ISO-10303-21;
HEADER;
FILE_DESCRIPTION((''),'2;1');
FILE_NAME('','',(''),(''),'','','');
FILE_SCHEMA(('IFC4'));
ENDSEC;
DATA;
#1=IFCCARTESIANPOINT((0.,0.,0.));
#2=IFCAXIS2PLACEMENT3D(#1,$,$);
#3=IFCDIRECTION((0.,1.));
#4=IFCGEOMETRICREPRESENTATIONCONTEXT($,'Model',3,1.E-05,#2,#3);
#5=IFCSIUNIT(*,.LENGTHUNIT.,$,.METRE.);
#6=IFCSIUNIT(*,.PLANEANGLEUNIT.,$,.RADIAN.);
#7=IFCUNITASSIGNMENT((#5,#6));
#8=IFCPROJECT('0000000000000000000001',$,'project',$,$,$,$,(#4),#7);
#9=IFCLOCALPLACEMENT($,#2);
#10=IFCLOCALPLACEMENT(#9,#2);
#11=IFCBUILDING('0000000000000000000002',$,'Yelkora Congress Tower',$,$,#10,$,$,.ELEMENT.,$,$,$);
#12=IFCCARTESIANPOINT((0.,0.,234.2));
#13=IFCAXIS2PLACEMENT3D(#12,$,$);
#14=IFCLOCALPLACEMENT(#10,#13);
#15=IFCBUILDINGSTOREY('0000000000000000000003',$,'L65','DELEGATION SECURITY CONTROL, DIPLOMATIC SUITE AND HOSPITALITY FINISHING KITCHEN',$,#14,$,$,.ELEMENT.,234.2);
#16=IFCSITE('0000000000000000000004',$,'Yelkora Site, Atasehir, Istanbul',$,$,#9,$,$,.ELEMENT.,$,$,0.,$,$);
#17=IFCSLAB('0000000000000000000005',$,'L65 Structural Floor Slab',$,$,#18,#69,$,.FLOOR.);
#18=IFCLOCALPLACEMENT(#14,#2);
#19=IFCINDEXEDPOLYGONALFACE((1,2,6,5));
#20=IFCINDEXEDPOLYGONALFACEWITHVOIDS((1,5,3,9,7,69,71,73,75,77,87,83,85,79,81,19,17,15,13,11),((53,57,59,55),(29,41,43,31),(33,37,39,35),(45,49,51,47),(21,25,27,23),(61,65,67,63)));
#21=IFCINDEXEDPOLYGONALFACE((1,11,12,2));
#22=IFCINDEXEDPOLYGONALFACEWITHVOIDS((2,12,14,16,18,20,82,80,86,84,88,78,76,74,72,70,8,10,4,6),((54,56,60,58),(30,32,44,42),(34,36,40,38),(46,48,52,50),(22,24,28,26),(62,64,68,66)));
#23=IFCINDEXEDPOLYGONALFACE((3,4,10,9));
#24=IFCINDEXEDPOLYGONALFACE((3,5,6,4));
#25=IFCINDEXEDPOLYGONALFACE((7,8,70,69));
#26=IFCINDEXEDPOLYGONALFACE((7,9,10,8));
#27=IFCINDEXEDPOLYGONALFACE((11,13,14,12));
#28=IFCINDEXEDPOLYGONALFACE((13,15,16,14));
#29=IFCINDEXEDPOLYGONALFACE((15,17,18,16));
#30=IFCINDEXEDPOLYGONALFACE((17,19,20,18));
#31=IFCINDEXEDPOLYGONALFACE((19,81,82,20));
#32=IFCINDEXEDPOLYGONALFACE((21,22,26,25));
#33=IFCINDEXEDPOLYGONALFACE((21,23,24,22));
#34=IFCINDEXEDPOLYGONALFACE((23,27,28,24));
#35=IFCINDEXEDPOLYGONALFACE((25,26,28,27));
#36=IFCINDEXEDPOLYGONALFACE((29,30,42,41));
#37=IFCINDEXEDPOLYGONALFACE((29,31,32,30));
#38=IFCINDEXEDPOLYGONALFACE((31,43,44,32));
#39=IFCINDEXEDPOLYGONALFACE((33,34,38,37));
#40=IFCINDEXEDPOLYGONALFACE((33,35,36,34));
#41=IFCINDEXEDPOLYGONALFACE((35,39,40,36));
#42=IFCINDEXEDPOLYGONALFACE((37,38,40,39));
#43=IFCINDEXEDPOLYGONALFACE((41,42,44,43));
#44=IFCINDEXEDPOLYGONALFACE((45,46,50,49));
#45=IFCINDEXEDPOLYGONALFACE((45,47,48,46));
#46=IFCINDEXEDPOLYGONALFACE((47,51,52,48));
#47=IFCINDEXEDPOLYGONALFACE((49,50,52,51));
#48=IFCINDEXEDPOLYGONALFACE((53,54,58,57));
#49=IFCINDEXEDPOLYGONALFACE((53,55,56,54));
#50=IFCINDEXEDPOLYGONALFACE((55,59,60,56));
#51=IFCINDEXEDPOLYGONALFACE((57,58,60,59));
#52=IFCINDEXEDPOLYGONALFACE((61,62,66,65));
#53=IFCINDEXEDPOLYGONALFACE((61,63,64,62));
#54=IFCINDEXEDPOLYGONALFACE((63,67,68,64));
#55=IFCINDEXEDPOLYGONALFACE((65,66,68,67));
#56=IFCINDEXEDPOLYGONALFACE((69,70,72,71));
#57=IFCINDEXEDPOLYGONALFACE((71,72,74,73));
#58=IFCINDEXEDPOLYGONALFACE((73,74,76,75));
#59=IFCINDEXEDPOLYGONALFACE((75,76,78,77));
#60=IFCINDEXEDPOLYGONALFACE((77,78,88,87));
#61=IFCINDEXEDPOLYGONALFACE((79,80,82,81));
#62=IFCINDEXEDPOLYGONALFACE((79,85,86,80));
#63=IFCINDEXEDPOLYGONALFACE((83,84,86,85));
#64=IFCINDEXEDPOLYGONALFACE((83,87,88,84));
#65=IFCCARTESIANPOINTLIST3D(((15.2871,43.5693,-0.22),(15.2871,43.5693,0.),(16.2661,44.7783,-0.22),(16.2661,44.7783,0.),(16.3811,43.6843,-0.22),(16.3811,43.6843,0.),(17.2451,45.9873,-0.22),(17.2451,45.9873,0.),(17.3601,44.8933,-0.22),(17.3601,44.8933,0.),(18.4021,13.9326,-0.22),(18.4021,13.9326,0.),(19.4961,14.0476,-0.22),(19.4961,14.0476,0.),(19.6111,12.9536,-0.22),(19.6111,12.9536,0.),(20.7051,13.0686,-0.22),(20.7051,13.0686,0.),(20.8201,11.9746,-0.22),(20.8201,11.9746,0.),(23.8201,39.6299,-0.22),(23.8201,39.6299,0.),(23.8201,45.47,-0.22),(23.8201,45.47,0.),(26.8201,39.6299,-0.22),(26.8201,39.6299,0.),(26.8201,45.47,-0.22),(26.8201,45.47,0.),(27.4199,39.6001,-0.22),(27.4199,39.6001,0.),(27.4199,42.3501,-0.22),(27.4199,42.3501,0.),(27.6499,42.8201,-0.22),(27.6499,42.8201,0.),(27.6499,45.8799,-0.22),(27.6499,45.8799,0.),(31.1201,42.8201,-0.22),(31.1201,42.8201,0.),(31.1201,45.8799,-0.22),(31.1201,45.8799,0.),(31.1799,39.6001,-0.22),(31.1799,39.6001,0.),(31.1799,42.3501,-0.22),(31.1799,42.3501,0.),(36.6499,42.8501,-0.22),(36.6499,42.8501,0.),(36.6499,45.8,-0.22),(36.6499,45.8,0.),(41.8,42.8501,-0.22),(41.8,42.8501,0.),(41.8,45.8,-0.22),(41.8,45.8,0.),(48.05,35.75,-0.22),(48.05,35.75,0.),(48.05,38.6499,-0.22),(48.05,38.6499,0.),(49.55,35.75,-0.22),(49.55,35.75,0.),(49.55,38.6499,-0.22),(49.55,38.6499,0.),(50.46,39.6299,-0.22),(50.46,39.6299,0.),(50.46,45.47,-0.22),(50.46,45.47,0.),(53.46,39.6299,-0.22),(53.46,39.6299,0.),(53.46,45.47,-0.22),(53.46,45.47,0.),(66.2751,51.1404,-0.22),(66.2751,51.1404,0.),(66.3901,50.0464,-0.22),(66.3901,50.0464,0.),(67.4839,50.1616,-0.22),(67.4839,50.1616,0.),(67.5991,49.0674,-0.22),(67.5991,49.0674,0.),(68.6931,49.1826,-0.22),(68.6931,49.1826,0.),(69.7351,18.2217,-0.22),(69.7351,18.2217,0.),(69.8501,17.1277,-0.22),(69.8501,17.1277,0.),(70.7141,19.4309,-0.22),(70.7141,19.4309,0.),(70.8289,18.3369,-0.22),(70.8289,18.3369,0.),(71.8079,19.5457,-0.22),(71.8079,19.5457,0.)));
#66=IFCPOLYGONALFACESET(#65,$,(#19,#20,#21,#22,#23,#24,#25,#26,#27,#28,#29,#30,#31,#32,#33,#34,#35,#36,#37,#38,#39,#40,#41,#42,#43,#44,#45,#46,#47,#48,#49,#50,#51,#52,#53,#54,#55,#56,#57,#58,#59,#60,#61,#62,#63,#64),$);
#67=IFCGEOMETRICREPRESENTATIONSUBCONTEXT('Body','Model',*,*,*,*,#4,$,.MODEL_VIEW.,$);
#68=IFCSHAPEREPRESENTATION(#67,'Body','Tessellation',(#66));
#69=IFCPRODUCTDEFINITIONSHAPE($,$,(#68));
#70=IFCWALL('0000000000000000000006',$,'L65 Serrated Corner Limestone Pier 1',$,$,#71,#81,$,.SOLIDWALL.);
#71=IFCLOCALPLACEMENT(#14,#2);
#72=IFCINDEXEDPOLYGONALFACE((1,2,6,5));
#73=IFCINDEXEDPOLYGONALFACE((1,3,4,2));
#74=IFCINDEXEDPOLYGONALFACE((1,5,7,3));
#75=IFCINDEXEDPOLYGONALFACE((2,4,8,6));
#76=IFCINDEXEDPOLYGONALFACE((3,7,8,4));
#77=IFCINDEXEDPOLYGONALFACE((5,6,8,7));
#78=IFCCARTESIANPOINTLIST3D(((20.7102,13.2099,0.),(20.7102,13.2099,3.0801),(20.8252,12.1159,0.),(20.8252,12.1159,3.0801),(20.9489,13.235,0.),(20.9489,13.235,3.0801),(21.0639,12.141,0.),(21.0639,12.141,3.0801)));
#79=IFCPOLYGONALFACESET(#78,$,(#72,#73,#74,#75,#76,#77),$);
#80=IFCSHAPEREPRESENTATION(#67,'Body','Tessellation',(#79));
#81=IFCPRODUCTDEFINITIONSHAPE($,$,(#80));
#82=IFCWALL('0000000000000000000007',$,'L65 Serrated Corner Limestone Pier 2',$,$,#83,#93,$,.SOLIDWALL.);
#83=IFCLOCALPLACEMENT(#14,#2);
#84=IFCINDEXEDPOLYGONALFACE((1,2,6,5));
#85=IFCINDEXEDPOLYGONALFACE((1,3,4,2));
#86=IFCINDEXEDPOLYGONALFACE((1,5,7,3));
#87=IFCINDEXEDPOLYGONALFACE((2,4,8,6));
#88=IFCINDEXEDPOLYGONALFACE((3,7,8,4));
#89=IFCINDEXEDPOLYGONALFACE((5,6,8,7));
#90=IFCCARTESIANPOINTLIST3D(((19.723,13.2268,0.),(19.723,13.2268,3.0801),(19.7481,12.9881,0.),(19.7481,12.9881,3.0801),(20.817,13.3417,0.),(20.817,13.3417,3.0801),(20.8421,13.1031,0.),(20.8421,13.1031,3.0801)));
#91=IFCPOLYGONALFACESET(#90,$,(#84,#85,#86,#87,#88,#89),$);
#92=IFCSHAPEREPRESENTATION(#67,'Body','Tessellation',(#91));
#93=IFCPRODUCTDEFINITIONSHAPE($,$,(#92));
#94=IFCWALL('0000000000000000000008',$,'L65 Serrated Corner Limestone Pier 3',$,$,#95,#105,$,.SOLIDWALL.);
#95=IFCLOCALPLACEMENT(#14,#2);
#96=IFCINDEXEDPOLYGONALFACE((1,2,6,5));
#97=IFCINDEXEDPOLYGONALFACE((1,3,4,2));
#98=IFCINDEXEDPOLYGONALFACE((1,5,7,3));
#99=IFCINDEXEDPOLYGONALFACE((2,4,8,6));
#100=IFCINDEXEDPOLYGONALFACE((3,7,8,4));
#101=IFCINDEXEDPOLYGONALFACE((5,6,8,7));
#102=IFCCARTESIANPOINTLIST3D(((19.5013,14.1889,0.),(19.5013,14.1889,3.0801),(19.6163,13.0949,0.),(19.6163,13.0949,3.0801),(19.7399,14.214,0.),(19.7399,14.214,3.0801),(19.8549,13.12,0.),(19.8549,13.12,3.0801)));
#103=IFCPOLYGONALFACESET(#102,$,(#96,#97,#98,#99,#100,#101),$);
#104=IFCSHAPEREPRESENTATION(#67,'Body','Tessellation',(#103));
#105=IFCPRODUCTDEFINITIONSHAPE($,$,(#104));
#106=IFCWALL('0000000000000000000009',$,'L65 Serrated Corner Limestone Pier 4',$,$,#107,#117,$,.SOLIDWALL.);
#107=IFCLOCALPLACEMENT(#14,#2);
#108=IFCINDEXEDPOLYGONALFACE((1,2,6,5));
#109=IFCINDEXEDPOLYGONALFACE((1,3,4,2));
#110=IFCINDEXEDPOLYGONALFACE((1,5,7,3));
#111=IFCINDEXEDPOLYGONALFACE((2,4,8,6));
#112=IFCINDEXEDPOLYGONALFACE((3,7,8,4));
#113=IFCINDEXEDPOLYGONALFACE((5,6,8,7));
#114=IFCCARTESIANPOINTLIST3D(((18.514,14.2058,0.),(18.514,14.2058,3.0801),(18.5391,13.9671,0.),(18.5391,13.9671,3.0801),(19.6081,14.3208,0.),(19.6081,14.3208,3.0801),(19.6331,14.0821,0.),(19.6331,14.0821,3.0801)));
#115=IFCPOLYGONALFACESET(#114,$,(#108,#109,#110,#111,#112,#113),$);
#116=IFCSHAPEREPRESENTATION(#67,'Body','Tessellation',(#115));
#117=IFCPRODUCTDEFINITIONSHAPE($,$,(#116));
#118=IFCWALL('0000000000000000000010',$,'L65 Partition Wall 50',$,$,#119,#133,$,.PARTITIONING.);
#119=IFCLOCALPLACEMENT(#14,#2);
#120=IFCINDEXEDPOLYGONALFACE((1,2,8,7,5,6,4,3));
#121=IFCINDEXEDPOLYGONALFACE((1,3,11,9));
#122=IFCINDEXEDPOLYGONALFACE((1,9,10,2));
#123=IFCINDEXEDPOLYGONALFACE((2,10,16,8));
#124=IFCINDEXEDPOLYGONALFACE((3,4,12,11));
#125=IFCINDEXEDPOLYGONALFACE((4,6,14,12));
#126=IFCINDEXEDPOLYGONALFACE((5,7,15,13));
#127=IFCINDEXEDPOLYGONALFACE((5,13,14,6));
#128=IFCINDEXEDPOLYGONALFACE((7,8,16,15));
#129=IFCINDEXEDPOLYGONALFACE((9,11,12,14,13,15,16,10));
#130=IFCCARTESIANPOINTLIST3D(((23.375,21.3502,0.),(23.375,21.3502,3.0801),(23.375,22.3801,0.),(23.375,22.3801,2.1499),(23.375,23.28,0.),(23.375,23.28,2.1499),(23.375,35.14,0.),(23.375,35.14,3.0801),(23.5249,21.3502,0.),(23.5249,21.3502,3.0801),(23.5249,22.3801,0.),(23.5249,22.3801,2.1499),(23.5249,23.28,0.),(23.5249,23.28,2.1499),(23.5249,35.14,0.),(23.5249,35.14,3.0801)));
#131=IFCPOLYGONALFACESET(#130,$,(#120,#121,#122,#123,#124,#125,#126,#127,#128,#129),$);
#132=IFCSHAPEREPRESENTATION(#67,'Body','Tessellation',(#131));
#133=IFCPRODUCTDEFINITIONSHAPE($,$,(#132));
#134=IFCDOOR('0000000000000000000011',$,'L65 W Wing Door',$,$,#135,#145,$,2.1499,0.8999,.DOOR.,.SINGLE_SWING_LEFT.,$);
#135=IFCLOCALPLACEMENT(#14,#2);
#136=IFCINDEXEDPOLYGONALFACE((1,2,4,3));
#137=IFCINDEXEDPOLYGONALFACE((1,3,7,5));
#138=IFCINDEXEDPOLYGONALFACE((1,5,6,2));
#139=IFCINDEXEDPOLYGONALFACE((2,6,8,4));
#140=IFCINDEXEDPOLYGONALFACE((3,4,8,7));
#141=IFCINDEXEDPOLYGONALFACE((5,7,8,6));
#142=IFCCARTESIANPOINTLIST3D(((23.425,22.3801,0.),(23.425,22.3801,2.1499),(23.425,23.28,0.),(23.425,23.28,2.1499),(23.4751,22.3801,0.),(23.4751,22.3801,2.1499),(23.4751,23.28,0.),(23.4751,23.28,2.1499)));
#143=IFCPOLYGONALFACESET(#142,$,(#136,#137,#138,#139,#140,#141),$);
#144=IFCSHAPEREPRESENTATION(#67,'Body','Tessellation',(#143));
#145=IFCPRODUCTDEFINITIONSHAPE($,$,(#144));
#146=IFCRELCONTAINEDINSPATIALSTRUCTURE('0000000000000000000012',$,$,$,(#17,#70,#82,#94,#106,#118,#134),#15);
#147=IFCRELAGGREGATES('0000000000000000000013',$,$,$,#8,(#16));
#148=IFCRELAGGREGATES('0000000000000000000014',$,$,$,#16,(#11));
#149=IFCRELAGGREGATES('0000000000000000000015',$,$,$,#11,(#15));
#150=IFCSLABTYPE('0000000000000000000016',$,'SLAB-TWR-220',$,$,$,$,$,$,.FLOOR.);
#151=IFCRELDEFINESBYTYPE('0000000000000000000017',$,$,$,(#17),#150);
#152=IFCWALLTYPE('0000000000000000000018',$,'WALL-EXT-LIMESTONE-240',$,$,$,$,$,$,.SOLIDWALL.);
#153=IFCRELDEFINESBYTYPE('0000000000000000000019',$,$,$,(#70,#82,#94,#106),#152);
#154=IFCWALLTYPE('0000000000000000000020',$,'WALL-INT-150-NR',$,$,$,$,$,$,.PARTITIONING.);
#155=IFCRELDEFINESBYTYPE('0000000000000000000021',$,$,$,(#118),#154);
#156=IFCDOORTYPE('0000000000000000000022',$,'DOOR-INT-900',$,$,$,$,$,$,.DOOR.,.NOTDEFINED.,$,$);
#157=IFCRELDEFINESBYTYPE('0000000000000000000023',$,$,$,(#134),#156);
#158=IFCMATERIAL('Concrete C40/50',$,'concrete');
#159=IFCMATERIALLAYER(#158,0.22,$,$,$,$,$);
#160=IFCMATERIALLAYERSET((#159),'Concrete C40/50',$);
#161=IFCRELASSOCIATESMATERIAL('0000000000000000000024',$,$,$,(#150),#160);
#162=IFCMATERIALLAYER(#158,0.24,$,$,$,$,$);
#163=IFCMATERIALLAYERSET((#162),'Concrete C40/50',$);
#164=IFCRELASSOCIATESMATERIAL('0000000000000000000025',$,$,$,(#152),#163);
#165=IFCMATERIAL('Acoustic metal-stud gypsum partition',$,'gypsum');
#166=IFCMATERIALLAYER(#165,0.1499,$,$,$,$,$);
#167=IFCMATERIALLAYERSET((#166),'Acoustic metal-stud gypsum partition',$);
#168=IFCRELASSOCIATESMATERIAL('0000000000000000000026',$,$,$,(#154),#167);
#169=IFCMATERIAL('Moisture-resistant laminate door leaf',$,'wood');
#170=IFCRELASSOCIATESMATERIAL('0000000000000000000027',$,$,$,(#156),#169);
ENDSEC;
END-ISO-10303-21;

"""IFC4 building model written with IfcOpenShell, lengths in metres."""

from ifc_helpers import new_model, si_unit, direction, frame, frame_2d, origin, place, context, subcontext, project, spatial, polyline, rectangle, outline, extrude, material, layer, layer_set, type_object, element, fill, save


model = new_model("IFC4")

# Units and contexts
model_context = context("Model", 3, precision=1e-05, world=origin(), true_north=direction((0.0, 1.0)))
body_context = subcontext(model_context, "Body", "Model", "MODEL_VIEW")
ifc_project = project(units=[si_unit("LENGTHUNIT", "METRE"), si_unit("PLANEANGLEUNIT", "RADIAN")], contexts=[model_context])

# Site, building, storey
site_placement = place(None, origin())
site = spatial("IfcSite", under=ifc_project, at=site_placement, Name="Yelkora Site, Atasehir, Istanbul", CompositionType="ELEMENT", RefElevation=0.0)
building_placement = place(site_placement, origin())
building = spatial("IfcBuilding", under=site, at=building_placement, Name="Yelkora Congress Tower", CompositionType="ELEMENT")
storey_placement = place(building_placement, frame((0.0, 0.0, 234.2)))
storey = spatial("IfcBuildingStorey", under=building, at=storey_placement, Name="L65", Description="DELEGATION SECURITY CONTROL, DIPLOMATIC SUITE AND HOSPITALITY FINISHING KITCHEN", CompositionType="ELEMENT", Elevation=234.2)

# Shared definitions
ifc_material_1 = material(Name="Concrete C40/50", Category="concrete")

# Slab
ifc_layer_1 = layer(ifc_material_1, 0.22)
ifc_layer_set_1 = layer_set([ifc_layer_1], Name="Concrete C40/50")
slab_type_1 = type_object("IfcSlabType", Name="SLAB-TWR-220", PredefinedType="FLOOR", material=ifc_layer_set_1)
slab_1_placement = place(storey_placement, frame((0.0, 0.0, -0.22)))
element("IfcSlab", 1, at=slab_1_placement, inside=storey, type_object=slab_type_1, Name="L65 Structural Floor Slab", PredefinedType="FLOOR", context=body_context, shape_type="SweptSolid", body=[
    extrude(outline(polyline([(20.8201, 11.9746), (69.8501, 17.1277), (69.7351, 18.2217), (70.8289, 18.3369), (70.7141, 19.4309), (71.8079, 19.5457), (68.6931, 49.1826), (67.5991, 49.0674), (67.4839, 50.1616), (66.3901, 50.0464), (66.2751, 51.1404), (17.2451, 45.9873), (17.3601, 44.8933), (16.2661, 44.7783), (16.3811, 43.6843), (15.2871, 43.5693), (18.4021, 13.9326), (19.4961, 14.0476), (19.6111, 12.9536), (20.7051, 13.0686), (20.8201, 11.9746)]), holes=[polyline([(23.8201, 39.6299), (26.8201, 39.6299), (26.8201, 45.47), (23.8201, 45.47), (23.8201, 39.6299)]), polyline([(50.46, 39.6299), (53.46, 39.6299), (53.46, 45.47), (50.46, 45.47), (50.46, 39.6299)]), polyline([(48.05, 35.75), (49.55, 35.75), (49.55, 38.6499), (48.05, 38.6499), (48.05, 35.75)]), polyline([(36.6499, 42.8501), (41.8, 42.8501), (41.8, 45.8), (36.6499, 45.8), (36.6499, 42.8501)]), polyline([(27.4199, 39.6001), (31.1799, 39.6001), (31.1799, 42.3501), (27.4199, 42.3501), (27.4199, 39.6001)]), polyline([(27.6499, 42.8201), (31.1201, 42.8201), (31.1201, 45.8799), (27.6499, 45.8799), (27.6499, 42.8201)])]), origin(), (0.0, 0.0, 1.0), 0.22),
])

# Walls
ifc_layer_2 = layer(ifc_material_1, 0.24)
ifc_layer_set_2 = layer_set([ifc_layer_2], Name="Concrete C40/50")
wall_type_1 = type_object("IfcWallType", Name="WALL-EXT-LIMESTONE-240", PredefinedType="SOLIDWALL", material=ifc_layer_set_2)
for number, where, z_axis, x_axis, name in (
    (2, (20.9446, 12.1284, 0.0), (0.0, 0.0, 1.0), (-0.104535, 0.994521, 0.0), "L65 Serrated Corner Limestone Pier 1"),
    (3, (20.8296, 13.2224, 0.0), (0.0, 0.0, 1.0), (-0.994521, -0.104535, 0.0), "L65 Serrated Corner Limestone Pier 2"),
    (4, (19.7356, 13.1074, 0.0), (0.0, 0.0, 1.0), (-0.104535, 0.994521, 0.0), "L65 Serrated Corner Limestone Pier 3"),
    (5, (19.6206, 14.2014, 0.0), (0.0, 0.0, 1.0), (-0.994521, -0.104535, 0.0), "L65 Serrated Corner Limestone Pier 4"),
):
    element("IfcWall", number, at=place(storey_placement, frame(where, z_axis=z_axis, x_axis=x_axis)), inside=storey, type_object=wall_type_1, Name=name, PredefinedType="SOLIDWALL", context=body_context, shape_type="SweptSolid", body=[
        extrude(rectangle(XDim=1.1001, YDim=0.24, at=frame_2d((0.55, 0.0))), origin(), (0.0, 0.0, 1.0), 3.0801),
    ])

# Wall, opening, door
ifc_material_2 = material(Name="Acoustic metal-stud gypsum partition", Category="gypsum")
ifc_layer_3 = layer(ifc_material_2, 0.1499)
ifc_layer_set_3 = layer_set([ifc_layer_3], Name="Acoustic metal-stud gypsum partition")
wall_type_2 = type_object("IfcWallType", Name="WALL-INT-150-NR", PredefinedType="PARTITIONING", material=ifc_layer_set_3)
wall_1_placement = place(storey_placement, frame((23.45, 21.3501, 0.0), z_axis=(0.0, 0.0, 1.0), x_axis=(0.0, 1.0, 0.0)))
wall_1 = element("IfcWall", 6, at=wall_1_placement, inside=storey, type_object=wall_type_2, Name="L65 Partition Wall 50", PredefinedType="PARTITIONING", context=body_context, shape_type="SweptSolid", body=[
    extrude(rectangle(XDim=13.7898, YDim=0.1499, at=frame_2d((6.895, 0.0))), origin(), (0.0, 0.0, 1.0), 3.0801),
])
opening_1_placement = place(wall_1_placement, frame((1.03, 0.0, 0.0)))
opening_1 = element("IfcOpeningElement", 7, at=opening_1_placement, cuts=wall_1, PredefinedType="OPENING", context=body_context, shape_type="SweptSolid", body=[
    extrude(rectangle(XDim=0.8999, YDim=2.1499, at=frame_2d((0.45, 1.075))), frame((0.0, 0.085, 0.0), z_axis=(0.0, -1.0, 0.0), x_axis=(1.0, 0.0, 0.0)), (0.0, 0.0, 1.0), 0.1699),
])
ifc_material_3 = material(Name="Moisture-resistant laminate door leaf", Category="wood")
door_type_1 = type_object("IfcDoorType", Name="DOOR-INT-900", OperationType="NOTDEFINED", PredefinedType="DOOR", material=ifc_material_3)
door_1_placement = place(opening_1_placement, origin())
door_1 = element("IfcDoor", 8, at=door_1_placement, inside=storey, type_object=door_type_1, Name="L65 W Wing Door", OperationType="SINGLE_SWING_LEFT", OverallHeight=2.1499, OverallWidth=0.8999, PredefinedType="DOOR", context=body_context, shape_type="SweptSolid", body=[
    extrude(rectangle(XDim=0.8999, YDim=2.1499, at=frame_2d((0.45, 1.075))), frame((0.0, 0.0249, 0.0), z_axis=(0.0, -1.0, 0.0), x_axis=(1.0, 0.0, 0.0)), (0.0, 0.0, 1.0), 0.05),
])
fill(opening_1, door_1)

save(model, "model.ifc")
